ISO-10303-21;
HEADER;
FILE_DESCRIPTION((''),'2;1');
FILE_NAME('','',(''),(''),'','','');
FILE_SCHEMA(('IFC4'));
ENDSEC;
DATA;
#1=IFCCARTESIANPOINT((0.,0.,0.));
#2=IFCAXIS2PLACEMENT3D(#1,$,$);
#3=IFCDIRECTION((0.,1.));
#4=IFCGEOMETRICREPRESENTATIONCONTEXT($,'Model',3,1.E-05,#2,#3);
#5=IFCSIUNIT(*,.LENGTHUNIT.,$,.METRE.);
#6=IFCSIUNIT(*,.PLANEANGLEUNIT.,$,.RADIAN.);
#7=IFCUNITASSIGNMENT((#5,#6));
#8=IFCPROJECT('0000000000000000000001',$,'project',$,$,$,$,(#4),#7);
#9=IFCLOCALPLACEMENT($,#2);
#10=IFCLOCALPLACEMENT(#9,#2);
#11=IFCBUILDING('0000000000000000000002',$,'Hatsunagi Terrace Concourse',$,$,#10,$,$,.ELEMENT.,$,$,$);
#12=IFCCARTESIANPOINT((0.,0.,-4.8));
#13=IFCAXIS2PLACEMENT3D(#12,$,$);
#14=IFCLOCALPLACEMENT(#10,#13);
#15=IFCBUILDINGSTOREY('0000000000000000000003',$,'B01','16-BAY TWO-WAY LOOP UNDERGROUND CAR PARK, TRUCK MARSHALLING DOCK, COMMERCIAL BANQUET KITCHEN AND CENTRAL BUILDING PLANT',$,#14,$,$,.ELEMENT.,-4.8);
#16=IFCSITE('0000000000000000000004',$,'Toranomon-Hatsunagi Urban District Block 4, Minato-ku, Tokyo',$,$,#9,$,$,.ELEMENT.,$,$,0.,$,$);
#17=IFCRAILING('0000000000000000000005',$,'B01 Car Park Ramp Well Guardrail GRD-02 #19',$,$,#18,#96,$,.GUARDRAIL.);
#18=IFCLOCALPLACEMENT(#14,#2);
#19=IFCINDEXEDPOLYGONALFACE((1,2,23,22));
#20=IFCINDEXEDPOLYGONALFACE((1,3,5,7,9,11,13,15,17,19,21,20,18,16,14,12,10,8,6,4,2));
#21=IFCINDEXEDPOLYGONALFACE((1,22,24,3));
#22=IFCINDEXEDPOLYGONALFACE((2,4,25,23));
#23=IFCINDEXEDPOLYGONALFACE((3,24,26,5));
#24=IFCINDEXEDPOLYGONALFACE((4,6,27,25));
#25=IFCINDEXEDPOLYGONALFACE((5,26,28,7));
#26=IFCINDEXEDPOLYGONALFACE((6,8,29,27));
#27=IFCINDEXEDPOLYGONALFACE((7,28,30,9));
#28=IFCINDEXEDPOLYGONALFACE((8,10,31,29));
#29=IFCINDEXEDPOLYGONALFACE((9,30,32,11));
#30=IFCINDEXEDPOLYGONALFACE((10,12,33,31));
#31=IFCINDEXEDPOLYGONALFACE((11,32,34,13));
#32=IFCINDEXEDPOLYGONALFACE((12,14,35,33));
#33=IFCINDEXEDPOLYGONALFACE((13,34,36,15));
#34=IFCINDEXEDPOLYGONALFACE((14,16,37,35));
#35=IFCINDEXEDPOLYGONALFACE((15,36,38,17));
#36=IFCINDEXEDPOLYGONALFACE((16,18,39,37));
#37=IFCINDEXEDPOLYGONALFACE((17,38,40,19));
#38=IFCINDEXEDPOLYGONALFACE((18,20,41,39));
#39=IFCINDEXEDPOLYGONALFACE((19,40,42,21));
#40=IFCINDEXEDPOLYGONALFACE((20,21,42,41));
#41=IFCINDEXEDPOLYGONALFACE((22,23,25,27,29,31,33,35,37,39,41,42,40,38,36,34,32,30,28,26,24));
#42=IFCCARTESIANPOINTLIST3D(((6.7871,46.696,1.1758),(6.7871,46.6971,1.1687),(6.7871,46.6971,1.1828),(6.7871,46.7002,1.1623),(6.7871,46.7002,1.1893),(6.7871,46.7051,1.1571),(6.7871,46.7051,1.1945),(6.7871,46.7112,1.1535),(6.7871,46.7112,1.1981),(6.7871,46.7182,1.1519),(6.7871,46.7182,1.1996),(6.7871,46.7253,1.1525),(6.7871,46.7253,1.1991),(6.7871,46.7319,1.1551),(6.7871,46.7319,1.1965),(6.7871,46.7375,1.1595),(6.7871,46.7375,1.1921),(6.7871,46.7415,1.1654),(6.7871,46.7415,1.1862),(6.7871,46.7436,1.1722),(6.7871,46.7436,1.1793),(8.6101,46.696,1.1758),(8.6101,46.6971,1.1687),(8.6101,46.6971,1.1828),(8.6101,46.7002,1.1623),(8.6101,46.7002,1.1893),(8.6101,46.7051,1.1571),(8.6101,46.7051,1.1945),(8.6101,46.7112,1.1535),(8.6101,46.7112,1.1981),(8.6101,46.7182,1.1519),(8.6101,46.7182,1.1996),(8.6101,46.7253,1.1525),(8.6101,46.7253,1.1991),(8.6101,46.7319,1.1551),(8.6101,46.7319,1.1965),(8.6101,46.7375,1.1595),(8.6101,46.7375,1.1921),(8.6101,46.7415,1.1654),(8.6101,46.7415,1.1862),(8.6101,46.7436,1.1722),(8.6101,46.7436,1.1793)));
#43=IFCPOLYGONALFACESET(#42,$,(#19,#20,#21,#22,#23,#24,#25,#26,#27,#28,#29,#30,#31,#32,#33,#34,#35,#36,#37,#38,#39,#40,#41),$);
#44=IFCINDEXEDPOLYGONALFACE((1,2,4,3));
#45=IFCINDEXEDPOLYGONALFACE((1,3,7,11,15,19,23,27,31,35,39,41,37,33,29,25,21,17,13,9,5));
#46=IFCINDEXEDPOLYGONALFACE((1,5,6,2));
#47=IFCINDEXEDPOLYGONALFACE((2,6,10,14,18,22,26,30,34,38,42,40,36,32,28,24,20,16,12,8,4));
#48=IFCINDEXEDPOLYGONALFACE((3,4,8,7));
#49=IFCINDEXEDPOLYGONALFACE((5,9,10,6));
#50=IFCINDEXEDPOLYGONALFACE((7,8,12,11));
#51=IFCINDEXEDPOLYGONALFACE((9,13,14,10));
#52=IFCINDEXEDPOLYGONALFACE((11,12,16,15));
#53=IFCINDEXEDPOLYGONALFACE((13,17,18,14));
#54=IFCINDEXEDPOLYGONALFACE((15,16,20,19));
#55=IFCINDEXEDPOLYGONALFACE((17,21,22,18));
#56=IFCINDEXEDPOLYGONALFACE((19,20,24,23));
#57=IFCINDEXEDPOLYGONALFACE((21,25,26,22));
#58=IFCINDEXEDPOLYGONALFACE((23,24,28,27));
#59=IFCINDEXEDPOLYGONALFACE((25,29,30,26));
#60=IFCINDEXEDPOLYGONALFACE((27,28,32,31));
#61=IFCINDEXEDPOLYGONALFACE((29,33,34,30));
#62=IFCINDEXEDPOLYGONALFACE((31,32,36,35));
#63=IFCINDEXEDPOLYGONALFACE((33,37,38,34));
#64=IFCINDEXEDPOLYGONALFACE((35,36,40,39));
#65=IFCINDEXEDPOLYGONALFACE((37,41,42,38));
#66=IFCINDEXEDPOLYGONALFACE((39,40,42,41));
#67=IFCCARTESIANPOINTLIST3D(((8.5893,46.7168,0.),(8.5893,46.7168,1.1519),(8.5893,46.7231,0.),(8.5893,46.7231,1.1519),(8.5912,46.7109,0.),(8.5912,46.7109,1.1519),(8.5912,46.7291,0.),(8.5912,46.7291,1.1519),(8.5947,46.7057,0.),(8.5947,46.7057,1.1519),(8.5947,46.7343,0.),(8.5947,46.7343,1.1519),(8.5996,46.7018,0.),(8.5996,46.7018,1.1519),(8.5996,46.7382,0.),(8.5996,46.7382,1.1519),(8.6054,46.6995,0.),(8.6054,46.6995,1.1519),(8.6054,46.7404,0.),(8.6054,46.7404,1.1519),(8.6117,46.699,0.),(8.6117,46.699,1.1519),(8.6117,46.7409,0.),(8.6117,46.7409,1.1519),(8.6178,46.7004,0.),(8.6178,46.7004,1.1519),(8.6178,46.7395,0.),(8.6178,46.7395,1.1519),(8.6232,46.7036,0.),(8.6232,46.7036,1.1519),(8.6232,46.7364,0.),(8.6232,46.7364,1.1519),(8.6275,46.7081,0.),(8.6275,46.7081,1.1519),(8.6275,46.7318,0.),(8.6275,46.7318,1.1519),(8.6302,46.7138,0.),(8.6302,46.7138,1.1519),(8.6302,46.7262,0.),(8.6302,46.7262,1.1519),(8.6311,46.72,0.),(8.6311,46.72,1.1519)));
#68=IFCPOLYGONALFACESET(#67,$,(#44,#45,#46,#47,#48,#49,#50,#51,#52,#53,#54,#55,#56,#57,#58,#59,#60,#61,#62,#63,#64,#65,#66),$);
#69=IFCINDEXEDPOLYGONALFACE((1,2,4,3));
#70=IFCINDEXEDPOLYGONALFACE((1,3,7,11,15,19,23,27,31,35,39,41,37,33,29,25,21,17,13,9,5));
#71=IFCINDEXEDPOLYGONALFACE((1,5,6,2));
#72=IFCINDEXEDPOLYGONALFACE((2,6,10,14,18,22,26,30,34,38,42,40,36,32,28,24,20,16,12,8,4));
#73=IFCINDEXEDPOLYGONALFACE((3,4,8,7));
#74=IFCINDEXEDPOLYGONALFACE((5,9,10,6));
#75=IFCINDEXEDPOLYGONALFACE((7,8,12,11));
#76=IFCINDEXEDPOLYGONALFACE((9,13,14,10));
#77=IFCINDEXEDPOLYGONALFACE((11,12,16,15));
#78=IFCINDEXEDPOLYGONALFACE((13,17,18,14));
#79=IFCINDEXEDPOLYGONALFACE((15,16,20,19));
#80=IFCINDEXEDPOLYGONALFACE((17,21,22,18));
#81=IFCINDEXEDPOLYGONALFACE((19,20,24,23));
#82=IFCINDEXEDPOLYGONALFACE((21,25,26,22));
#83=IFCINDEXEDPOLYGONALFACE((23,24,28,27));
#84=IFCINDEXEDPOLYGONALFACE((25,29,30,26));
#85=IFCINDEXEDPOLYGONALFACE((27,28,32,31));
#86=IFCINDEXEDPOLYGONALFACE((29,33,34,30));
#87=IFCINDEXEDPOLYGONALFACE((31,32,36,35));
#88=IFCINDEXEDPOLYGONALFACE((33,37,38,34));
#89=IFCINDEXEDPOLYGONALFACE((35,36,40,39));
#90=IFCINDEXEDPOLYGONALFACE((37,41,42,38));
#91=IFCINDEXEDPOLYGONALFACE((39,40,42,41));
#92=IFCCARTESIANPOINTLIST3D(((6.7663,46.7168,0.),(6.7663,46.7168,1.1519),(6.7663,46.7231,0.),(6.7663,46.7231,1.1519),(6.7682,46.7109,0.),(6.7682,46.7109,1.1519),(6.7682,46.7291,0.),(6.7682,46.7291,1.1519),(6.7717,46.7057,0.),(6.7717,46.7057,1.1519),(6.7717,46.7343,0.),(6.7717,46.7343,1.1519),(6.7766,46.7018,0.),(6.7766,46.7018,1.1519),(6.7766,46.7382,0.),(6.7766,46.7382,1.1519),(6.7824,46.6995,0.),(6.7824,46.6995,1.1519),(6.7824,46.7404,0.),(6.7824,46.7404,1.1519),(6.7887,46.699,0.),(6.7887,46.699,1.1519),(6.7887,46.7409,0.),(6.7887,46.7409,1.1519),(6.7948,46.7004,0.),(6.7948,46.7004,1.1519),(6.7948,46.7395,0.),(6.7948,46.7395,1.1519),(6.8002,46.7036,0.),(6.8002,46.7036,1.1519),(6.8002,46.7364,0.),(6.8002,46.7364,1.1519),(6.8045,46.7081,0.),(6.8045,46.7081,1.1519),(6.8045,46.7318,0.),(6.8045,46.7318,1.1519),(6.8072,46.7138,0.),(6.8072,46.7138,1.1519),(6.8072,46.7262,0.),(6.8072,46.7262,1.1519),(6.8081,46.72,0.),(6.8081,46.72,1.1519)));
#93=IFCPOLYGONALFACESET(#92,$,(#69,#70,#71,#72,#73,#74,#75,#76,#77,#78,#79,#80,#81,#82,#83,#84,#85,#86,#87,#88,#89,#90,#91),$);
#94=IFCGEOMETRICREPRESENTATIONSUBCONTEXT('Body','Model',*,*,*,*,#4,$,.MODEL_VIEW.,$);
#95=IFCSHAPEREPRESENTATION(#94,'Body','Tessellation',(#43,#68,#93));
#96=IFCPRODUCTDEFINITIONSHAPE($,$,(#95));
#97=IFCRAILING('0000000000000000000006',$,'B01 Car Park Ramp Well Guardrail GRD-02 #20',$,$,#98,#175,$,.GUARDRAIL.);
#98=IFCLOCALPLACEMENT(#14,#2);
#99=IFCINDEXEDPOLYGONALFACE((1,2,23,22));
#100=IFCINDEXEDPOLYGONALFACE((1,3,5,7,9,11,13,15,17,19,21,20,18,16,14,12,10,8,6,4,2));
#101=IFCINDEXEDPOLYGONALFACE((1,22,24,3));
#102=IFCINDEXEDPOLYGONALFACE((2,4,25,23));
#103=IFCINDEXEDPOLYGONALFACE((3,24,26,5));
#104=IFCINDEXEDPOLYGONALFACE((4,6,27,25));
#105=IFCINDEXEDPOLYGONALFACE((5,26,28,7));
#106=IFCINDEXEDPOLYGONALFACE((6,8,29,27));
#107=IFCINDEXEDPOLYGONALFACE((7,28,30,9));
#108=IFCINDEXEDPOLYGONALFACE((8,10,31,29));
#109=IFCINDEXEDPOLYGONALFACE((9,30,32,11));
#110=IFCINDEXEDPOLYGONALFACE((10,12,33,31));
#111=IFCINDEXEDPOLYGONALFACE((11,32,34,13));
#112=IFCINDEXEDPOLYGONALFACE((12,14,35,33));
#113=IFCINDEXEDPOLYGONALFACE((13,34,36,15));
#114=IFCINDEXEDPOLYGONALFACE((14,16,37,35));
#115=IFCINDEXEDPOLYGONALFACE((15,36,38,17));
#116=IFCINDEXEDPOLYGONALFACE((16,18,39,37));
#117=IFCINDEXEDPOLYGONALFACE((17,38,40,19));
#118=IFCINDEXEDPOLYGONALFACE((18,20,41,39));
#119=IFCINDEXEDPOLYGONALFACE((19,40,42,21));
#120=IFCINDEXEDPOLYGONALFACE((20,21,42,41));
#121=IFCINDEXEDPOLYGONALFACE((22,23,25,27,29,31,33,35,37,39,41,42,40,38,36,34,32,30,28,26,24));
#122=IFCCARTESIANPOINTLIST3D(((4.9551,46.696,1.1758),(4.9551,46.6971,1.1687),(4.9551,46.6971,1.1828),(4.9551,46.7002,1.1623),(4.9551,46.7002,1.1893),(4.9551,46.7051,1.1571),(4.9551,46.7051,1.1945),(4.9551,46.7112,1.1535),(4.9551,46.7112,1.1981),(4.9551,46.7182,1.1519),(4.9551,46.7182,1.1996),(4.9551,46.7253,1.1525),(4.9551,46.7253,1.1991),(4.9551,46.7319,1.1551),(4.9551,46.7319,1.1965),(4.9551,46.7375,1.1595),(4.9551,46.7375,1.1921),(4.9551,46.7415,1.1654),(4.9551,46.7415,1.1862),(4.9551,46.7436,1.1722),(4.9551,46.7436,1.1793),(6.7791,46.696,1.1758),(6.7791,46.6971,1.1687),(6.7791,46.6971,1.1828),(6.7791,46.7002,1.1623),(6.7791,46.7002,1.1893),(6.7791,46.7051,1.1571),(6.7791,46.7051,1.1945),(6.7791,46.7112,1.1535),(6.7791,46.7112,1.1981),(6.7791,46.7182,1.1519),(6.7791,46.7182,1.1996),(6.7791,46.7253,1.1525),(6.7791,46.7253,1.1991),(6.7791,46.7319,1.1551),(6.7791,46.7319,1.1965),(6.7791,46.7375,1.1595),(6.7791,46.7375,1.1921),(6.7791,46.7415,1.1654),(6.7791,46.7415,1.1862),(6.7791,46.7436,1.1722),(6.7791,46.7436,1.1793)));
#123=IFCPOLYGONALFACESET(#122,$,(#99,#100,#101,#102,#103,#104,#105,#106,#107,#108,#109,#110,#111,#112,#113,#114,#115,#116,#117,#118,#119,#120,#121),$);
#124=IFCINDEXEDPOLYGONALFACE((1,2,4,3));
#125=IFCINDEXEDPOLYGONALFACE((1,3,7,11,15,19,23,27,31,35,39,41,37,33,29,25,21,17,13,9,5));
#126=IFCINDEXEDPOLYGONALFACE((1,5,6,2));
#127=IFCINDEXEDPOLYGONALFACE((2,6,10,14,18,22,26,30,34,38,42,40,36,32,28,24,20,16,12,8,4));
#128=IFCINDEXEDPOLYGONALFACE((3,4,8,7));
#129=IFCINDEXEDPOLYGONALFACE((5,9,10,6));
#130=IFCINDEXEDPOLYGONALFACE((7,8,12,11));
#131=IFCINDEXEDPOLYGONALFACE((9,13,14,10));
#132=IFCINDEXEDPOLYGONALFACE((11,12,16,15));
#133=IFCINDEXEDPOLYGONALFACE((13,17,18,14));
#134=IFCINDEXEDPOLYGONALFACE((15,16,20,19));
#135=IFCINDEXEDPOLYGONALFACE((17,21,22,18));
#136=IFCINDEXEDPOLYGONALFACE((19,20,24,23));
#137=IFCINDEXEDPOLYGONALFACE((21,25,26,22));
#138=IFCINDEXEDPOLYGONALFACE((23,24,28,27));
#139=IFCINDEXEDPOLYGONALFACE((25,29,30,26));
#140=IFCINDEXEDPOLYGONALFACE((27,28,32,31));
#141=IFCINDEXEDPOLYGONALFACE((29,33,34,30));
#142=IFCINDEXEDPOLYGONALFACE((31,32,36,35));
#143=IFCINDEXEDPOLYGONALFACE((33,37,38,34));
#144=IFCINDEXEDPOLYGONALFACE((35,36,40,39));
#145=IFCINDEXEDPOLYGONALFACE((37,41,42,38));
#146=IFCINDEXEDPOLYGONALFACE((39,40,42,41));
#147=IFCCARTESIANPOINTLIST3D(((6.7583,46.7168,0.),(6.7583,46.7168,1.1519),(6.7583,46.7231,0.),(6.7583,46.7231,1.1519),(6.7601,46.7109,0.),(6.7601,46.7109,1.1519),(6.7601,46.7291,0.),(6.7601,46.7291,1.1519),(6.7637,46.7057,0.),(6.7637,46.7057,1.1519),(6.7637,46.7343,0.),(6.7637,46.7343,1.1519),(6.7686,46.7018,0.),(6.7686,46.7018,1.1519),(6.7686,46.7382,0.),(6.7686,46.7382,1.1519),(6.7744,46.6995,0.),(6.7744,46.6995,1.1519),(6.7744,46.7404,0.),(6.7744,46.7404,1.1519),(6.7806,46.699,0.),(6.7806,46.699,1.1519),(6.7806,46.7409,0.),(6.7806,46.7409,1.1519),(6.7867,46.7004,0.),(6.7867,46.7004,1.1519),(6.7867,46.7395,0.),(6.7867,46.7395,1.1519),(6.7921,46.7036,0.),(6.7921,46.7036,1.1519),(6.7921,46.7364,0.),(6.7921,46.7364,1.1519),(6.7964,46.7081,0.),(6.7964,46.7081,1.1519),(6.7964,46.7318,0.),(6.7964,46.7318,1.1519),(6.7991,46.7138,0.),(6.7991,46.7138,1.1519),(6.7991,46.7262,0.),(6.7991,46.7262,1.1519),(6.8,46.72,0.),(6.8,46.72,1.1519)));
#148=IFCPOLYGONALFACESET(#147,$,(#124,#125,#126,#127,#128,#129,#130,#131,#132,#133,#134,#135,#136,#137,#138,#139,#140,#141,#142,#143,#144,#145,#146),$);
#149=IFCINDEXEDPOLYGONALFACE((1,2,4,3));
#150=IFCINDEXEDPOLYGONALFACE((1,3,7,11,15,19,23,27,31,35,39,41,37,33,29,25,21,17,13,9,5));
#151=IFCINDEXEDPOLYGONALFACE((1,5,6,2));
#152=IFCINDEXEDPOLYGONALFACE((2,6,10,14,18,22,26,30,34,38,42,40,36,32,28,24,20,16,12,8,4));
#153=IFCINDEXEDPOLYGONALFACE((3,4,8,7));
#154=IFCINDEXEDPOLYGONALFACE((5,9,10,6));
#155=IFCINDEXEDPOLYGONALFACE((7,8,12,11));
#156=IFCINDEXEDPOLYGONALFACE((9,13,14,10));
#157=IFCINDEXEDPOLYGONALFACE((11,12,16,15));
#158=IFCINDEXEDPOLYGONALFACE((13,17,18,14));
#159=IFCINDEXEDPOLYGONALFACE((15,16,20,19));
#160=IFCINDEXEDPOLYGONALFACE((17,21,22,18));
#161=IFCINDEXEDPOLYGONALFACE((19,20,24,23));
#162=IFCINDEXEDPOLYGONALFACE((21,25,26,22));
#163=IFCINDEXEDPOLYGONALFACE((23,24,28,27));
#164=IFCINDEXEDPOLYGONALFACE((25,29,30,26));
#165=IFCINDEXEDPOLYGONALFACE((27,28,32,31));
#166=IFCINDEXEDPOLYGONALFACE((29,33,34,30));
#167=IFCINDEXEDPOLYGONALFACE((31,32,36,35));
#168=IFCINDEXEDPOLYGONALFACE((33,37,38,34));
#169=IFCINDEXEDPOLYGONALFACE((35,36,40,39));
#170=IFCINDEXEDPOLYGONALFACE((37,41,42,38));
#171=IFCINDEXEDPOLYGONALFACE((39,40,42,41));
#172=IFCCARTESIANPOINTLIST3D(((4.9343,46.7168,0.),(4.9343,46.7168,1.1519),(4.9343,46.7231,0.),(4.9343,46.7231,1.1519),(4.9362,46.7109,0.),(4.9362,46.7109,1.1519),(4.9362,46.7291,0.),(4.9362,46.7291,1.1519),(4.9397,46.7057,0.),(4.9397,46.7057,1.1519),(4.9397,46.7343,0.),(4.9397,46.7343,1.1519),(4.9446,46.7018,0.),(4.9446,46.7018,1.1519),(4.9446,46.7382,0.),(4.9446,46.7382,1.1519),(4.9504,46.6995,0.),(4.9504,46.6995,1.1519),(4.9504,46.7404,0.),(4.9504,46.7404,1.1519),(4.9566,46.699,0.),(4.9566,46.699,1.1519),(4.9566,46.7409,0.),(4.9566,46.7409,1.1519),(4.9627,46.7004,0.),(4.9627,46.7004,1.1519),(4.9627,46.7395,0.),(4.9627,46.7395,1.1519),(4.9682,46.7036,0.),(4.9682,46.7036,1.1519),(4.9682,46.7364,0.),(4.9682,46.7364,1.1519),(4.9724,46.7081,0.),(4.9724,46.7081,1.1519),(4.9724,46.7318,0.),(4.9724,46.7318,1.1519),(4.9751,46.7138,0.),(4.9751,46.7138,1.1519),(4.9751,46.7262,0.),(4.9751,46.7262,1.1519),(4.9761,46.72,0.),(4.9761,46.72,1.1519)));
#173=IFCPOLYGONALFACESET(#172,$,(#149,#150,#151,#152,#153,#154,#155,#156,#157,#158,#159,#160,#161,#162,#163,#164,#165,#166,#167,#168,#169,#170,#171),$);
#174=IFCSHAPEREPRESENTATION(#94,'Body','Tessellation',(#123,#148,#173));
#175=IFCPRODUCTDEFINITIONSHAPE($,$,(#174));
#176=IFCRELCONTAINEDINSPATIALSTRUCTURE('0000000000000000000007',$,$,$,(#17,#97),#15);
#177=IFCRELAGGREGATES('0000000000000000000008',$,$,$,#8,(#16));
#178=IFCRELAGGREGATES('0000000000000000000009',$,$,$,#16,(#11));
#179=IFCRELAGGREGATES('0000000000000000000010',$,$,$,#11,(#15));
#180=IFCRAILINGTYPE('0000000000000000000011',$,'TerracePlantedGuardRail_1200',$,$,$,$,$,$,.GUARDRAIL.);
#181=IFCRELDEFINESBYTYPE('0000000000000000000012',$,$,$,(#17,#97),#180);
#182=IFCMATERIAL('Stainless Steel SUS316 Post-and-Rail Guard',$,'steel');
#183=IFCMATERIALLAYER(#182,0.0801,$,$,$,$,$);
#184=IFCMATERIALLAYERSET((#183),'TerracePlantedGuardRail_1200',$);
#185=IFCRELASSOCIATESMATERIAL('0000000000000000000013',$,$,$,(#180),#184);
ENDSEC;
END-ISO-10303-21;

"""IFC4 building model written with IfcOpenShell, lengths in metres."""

from ifc_helpers import new_model, si_unit, direction, frame, origin, origin_2d, place, context, subcontext, project, spatial, circle, extrude, material, layer, layer_set, type_object, element, save


model = new_model("IFC4")

# Units and contexts
model_context = context("Model", 3, precision=1e-05, world=origin(), true_north=direction((0.0, 1.0)))
body_context = subcontext(model_context, "Body", "Model", "MODEL_VIEW")
ifc_project = project(units=[si_unit("LENGTHUNIT", "METRE"), si_unit("PLANEANGLEUNIT", "RADIAN")], contexts=[model_context])

# Site, building, storey
site_placement = place(None, origin())
site = spatial("IfcSite", under=ifc_project, at=site_placement, Name="Toranomon-Hatsunagi Urban District Block 4, Minato-ku, Tokyo", CompositionType="ELEMENT", RefElevation=0.0)
building_placement = place(site_placement, origin())
building = spatial("IfcBuilding", under=site, at=building_placement, Name="Hatsunagi Terrace Concourse", CompositionType="ELEMENT")
storey_placement = place(building_placement, frame((0.0, 0.0, -4.8)))
storey = spatial("IfcBuildingStorey", under=building, at=storey_placement, Name="B01", Description="16-BAY TWO-WAY LOOP UNDERGROUND CAR PARK, TRUCK MARSHALLING DOCK, COMMERCIAL BANQUET KITCHEN AND CENTRAL BUILDING PLANT", CompositionType="ELEMENT", Elevation=-4.8)

# Railings
ifc_material_1 = material(Name="Stainless Steel SUS316 Post-and-Rail Guard", Category="steel")
ifc_layer_1 = layer(ifc_material_1, 0.0801)
ifc_layer_set_1 = layer_set([ifc_layer_1], Name="TerracePlantedGuardRail_1200")
railing_type = type_object("IfcRailingType", Name="TerracePlantedGuardRail_1200", PredefinedType="GUARDRAIL", material=ifc_layer_set_1)
railing_1_placement = place(storey_placement, frame((8.6101, 46.72, 0.0)))
element("IfcRailing", 1, at=railing_1_placement, inside=storey, type_object=railing_type, Name="B01 Car Park Ramp Well Guardrail GRD-02 #19", PredefinedType="GUARDRAIL", context=body_context, shape_type="SweptSolid", body=[
    extrude(circle(Radius=0.0239, at=origin_2d()), frame((0.0, 0.0, 1.1758), z_axis=(-1.0, 0.0, 0.0), x_axis=(0.0, -1.0, 0.0)), (0.0, 0.0, 1.0), 1.823),
    extrude(circle(Radius=0.021, at=origin_2d()), origin(), (0.0, 0.0, 1.0), 1.1519),
    extrude(circle(Radius=0.021, at=origin_2d()), frame((-1.823, 0.0, 0.0)), (0.0, 0.0, 1.0), 1.1519),
])
railing_2_placement = place(storey_placement, frame((6.7791, 46.72, 0.0)))
element("IfcRailing", 2, at=railing_2_placement, inside=storey, type_object=railing_type, Name="B01 Car Park Ramp Well Guardrail GRD-02 #20", PredefinedType="GUARDRAIL", context=body_context, shape_type="SweptSolid", body=[
    extrude(circle(Radius=0.0239, at=origin_2d()), frame((0.0, 0.0, 1.1758), z_axis=(-1.0, 0.0, 0.0), x_axis=(0.0, -1.0, 0.0)), (0.0, 0.0, 1.0), 1.824),
    extrude(circle(Radius=0.021, at=origin_2d()), origin(), (0.0, 0.0, 1.0), 1.1519),
    extrude(circle(Radius=0.021, at=origin_2d()), frame((-1.824, 0.0, 0.0)), (0.0, 0.0, 1.0), 1.1519),
])

save(model, "model.ifc")
